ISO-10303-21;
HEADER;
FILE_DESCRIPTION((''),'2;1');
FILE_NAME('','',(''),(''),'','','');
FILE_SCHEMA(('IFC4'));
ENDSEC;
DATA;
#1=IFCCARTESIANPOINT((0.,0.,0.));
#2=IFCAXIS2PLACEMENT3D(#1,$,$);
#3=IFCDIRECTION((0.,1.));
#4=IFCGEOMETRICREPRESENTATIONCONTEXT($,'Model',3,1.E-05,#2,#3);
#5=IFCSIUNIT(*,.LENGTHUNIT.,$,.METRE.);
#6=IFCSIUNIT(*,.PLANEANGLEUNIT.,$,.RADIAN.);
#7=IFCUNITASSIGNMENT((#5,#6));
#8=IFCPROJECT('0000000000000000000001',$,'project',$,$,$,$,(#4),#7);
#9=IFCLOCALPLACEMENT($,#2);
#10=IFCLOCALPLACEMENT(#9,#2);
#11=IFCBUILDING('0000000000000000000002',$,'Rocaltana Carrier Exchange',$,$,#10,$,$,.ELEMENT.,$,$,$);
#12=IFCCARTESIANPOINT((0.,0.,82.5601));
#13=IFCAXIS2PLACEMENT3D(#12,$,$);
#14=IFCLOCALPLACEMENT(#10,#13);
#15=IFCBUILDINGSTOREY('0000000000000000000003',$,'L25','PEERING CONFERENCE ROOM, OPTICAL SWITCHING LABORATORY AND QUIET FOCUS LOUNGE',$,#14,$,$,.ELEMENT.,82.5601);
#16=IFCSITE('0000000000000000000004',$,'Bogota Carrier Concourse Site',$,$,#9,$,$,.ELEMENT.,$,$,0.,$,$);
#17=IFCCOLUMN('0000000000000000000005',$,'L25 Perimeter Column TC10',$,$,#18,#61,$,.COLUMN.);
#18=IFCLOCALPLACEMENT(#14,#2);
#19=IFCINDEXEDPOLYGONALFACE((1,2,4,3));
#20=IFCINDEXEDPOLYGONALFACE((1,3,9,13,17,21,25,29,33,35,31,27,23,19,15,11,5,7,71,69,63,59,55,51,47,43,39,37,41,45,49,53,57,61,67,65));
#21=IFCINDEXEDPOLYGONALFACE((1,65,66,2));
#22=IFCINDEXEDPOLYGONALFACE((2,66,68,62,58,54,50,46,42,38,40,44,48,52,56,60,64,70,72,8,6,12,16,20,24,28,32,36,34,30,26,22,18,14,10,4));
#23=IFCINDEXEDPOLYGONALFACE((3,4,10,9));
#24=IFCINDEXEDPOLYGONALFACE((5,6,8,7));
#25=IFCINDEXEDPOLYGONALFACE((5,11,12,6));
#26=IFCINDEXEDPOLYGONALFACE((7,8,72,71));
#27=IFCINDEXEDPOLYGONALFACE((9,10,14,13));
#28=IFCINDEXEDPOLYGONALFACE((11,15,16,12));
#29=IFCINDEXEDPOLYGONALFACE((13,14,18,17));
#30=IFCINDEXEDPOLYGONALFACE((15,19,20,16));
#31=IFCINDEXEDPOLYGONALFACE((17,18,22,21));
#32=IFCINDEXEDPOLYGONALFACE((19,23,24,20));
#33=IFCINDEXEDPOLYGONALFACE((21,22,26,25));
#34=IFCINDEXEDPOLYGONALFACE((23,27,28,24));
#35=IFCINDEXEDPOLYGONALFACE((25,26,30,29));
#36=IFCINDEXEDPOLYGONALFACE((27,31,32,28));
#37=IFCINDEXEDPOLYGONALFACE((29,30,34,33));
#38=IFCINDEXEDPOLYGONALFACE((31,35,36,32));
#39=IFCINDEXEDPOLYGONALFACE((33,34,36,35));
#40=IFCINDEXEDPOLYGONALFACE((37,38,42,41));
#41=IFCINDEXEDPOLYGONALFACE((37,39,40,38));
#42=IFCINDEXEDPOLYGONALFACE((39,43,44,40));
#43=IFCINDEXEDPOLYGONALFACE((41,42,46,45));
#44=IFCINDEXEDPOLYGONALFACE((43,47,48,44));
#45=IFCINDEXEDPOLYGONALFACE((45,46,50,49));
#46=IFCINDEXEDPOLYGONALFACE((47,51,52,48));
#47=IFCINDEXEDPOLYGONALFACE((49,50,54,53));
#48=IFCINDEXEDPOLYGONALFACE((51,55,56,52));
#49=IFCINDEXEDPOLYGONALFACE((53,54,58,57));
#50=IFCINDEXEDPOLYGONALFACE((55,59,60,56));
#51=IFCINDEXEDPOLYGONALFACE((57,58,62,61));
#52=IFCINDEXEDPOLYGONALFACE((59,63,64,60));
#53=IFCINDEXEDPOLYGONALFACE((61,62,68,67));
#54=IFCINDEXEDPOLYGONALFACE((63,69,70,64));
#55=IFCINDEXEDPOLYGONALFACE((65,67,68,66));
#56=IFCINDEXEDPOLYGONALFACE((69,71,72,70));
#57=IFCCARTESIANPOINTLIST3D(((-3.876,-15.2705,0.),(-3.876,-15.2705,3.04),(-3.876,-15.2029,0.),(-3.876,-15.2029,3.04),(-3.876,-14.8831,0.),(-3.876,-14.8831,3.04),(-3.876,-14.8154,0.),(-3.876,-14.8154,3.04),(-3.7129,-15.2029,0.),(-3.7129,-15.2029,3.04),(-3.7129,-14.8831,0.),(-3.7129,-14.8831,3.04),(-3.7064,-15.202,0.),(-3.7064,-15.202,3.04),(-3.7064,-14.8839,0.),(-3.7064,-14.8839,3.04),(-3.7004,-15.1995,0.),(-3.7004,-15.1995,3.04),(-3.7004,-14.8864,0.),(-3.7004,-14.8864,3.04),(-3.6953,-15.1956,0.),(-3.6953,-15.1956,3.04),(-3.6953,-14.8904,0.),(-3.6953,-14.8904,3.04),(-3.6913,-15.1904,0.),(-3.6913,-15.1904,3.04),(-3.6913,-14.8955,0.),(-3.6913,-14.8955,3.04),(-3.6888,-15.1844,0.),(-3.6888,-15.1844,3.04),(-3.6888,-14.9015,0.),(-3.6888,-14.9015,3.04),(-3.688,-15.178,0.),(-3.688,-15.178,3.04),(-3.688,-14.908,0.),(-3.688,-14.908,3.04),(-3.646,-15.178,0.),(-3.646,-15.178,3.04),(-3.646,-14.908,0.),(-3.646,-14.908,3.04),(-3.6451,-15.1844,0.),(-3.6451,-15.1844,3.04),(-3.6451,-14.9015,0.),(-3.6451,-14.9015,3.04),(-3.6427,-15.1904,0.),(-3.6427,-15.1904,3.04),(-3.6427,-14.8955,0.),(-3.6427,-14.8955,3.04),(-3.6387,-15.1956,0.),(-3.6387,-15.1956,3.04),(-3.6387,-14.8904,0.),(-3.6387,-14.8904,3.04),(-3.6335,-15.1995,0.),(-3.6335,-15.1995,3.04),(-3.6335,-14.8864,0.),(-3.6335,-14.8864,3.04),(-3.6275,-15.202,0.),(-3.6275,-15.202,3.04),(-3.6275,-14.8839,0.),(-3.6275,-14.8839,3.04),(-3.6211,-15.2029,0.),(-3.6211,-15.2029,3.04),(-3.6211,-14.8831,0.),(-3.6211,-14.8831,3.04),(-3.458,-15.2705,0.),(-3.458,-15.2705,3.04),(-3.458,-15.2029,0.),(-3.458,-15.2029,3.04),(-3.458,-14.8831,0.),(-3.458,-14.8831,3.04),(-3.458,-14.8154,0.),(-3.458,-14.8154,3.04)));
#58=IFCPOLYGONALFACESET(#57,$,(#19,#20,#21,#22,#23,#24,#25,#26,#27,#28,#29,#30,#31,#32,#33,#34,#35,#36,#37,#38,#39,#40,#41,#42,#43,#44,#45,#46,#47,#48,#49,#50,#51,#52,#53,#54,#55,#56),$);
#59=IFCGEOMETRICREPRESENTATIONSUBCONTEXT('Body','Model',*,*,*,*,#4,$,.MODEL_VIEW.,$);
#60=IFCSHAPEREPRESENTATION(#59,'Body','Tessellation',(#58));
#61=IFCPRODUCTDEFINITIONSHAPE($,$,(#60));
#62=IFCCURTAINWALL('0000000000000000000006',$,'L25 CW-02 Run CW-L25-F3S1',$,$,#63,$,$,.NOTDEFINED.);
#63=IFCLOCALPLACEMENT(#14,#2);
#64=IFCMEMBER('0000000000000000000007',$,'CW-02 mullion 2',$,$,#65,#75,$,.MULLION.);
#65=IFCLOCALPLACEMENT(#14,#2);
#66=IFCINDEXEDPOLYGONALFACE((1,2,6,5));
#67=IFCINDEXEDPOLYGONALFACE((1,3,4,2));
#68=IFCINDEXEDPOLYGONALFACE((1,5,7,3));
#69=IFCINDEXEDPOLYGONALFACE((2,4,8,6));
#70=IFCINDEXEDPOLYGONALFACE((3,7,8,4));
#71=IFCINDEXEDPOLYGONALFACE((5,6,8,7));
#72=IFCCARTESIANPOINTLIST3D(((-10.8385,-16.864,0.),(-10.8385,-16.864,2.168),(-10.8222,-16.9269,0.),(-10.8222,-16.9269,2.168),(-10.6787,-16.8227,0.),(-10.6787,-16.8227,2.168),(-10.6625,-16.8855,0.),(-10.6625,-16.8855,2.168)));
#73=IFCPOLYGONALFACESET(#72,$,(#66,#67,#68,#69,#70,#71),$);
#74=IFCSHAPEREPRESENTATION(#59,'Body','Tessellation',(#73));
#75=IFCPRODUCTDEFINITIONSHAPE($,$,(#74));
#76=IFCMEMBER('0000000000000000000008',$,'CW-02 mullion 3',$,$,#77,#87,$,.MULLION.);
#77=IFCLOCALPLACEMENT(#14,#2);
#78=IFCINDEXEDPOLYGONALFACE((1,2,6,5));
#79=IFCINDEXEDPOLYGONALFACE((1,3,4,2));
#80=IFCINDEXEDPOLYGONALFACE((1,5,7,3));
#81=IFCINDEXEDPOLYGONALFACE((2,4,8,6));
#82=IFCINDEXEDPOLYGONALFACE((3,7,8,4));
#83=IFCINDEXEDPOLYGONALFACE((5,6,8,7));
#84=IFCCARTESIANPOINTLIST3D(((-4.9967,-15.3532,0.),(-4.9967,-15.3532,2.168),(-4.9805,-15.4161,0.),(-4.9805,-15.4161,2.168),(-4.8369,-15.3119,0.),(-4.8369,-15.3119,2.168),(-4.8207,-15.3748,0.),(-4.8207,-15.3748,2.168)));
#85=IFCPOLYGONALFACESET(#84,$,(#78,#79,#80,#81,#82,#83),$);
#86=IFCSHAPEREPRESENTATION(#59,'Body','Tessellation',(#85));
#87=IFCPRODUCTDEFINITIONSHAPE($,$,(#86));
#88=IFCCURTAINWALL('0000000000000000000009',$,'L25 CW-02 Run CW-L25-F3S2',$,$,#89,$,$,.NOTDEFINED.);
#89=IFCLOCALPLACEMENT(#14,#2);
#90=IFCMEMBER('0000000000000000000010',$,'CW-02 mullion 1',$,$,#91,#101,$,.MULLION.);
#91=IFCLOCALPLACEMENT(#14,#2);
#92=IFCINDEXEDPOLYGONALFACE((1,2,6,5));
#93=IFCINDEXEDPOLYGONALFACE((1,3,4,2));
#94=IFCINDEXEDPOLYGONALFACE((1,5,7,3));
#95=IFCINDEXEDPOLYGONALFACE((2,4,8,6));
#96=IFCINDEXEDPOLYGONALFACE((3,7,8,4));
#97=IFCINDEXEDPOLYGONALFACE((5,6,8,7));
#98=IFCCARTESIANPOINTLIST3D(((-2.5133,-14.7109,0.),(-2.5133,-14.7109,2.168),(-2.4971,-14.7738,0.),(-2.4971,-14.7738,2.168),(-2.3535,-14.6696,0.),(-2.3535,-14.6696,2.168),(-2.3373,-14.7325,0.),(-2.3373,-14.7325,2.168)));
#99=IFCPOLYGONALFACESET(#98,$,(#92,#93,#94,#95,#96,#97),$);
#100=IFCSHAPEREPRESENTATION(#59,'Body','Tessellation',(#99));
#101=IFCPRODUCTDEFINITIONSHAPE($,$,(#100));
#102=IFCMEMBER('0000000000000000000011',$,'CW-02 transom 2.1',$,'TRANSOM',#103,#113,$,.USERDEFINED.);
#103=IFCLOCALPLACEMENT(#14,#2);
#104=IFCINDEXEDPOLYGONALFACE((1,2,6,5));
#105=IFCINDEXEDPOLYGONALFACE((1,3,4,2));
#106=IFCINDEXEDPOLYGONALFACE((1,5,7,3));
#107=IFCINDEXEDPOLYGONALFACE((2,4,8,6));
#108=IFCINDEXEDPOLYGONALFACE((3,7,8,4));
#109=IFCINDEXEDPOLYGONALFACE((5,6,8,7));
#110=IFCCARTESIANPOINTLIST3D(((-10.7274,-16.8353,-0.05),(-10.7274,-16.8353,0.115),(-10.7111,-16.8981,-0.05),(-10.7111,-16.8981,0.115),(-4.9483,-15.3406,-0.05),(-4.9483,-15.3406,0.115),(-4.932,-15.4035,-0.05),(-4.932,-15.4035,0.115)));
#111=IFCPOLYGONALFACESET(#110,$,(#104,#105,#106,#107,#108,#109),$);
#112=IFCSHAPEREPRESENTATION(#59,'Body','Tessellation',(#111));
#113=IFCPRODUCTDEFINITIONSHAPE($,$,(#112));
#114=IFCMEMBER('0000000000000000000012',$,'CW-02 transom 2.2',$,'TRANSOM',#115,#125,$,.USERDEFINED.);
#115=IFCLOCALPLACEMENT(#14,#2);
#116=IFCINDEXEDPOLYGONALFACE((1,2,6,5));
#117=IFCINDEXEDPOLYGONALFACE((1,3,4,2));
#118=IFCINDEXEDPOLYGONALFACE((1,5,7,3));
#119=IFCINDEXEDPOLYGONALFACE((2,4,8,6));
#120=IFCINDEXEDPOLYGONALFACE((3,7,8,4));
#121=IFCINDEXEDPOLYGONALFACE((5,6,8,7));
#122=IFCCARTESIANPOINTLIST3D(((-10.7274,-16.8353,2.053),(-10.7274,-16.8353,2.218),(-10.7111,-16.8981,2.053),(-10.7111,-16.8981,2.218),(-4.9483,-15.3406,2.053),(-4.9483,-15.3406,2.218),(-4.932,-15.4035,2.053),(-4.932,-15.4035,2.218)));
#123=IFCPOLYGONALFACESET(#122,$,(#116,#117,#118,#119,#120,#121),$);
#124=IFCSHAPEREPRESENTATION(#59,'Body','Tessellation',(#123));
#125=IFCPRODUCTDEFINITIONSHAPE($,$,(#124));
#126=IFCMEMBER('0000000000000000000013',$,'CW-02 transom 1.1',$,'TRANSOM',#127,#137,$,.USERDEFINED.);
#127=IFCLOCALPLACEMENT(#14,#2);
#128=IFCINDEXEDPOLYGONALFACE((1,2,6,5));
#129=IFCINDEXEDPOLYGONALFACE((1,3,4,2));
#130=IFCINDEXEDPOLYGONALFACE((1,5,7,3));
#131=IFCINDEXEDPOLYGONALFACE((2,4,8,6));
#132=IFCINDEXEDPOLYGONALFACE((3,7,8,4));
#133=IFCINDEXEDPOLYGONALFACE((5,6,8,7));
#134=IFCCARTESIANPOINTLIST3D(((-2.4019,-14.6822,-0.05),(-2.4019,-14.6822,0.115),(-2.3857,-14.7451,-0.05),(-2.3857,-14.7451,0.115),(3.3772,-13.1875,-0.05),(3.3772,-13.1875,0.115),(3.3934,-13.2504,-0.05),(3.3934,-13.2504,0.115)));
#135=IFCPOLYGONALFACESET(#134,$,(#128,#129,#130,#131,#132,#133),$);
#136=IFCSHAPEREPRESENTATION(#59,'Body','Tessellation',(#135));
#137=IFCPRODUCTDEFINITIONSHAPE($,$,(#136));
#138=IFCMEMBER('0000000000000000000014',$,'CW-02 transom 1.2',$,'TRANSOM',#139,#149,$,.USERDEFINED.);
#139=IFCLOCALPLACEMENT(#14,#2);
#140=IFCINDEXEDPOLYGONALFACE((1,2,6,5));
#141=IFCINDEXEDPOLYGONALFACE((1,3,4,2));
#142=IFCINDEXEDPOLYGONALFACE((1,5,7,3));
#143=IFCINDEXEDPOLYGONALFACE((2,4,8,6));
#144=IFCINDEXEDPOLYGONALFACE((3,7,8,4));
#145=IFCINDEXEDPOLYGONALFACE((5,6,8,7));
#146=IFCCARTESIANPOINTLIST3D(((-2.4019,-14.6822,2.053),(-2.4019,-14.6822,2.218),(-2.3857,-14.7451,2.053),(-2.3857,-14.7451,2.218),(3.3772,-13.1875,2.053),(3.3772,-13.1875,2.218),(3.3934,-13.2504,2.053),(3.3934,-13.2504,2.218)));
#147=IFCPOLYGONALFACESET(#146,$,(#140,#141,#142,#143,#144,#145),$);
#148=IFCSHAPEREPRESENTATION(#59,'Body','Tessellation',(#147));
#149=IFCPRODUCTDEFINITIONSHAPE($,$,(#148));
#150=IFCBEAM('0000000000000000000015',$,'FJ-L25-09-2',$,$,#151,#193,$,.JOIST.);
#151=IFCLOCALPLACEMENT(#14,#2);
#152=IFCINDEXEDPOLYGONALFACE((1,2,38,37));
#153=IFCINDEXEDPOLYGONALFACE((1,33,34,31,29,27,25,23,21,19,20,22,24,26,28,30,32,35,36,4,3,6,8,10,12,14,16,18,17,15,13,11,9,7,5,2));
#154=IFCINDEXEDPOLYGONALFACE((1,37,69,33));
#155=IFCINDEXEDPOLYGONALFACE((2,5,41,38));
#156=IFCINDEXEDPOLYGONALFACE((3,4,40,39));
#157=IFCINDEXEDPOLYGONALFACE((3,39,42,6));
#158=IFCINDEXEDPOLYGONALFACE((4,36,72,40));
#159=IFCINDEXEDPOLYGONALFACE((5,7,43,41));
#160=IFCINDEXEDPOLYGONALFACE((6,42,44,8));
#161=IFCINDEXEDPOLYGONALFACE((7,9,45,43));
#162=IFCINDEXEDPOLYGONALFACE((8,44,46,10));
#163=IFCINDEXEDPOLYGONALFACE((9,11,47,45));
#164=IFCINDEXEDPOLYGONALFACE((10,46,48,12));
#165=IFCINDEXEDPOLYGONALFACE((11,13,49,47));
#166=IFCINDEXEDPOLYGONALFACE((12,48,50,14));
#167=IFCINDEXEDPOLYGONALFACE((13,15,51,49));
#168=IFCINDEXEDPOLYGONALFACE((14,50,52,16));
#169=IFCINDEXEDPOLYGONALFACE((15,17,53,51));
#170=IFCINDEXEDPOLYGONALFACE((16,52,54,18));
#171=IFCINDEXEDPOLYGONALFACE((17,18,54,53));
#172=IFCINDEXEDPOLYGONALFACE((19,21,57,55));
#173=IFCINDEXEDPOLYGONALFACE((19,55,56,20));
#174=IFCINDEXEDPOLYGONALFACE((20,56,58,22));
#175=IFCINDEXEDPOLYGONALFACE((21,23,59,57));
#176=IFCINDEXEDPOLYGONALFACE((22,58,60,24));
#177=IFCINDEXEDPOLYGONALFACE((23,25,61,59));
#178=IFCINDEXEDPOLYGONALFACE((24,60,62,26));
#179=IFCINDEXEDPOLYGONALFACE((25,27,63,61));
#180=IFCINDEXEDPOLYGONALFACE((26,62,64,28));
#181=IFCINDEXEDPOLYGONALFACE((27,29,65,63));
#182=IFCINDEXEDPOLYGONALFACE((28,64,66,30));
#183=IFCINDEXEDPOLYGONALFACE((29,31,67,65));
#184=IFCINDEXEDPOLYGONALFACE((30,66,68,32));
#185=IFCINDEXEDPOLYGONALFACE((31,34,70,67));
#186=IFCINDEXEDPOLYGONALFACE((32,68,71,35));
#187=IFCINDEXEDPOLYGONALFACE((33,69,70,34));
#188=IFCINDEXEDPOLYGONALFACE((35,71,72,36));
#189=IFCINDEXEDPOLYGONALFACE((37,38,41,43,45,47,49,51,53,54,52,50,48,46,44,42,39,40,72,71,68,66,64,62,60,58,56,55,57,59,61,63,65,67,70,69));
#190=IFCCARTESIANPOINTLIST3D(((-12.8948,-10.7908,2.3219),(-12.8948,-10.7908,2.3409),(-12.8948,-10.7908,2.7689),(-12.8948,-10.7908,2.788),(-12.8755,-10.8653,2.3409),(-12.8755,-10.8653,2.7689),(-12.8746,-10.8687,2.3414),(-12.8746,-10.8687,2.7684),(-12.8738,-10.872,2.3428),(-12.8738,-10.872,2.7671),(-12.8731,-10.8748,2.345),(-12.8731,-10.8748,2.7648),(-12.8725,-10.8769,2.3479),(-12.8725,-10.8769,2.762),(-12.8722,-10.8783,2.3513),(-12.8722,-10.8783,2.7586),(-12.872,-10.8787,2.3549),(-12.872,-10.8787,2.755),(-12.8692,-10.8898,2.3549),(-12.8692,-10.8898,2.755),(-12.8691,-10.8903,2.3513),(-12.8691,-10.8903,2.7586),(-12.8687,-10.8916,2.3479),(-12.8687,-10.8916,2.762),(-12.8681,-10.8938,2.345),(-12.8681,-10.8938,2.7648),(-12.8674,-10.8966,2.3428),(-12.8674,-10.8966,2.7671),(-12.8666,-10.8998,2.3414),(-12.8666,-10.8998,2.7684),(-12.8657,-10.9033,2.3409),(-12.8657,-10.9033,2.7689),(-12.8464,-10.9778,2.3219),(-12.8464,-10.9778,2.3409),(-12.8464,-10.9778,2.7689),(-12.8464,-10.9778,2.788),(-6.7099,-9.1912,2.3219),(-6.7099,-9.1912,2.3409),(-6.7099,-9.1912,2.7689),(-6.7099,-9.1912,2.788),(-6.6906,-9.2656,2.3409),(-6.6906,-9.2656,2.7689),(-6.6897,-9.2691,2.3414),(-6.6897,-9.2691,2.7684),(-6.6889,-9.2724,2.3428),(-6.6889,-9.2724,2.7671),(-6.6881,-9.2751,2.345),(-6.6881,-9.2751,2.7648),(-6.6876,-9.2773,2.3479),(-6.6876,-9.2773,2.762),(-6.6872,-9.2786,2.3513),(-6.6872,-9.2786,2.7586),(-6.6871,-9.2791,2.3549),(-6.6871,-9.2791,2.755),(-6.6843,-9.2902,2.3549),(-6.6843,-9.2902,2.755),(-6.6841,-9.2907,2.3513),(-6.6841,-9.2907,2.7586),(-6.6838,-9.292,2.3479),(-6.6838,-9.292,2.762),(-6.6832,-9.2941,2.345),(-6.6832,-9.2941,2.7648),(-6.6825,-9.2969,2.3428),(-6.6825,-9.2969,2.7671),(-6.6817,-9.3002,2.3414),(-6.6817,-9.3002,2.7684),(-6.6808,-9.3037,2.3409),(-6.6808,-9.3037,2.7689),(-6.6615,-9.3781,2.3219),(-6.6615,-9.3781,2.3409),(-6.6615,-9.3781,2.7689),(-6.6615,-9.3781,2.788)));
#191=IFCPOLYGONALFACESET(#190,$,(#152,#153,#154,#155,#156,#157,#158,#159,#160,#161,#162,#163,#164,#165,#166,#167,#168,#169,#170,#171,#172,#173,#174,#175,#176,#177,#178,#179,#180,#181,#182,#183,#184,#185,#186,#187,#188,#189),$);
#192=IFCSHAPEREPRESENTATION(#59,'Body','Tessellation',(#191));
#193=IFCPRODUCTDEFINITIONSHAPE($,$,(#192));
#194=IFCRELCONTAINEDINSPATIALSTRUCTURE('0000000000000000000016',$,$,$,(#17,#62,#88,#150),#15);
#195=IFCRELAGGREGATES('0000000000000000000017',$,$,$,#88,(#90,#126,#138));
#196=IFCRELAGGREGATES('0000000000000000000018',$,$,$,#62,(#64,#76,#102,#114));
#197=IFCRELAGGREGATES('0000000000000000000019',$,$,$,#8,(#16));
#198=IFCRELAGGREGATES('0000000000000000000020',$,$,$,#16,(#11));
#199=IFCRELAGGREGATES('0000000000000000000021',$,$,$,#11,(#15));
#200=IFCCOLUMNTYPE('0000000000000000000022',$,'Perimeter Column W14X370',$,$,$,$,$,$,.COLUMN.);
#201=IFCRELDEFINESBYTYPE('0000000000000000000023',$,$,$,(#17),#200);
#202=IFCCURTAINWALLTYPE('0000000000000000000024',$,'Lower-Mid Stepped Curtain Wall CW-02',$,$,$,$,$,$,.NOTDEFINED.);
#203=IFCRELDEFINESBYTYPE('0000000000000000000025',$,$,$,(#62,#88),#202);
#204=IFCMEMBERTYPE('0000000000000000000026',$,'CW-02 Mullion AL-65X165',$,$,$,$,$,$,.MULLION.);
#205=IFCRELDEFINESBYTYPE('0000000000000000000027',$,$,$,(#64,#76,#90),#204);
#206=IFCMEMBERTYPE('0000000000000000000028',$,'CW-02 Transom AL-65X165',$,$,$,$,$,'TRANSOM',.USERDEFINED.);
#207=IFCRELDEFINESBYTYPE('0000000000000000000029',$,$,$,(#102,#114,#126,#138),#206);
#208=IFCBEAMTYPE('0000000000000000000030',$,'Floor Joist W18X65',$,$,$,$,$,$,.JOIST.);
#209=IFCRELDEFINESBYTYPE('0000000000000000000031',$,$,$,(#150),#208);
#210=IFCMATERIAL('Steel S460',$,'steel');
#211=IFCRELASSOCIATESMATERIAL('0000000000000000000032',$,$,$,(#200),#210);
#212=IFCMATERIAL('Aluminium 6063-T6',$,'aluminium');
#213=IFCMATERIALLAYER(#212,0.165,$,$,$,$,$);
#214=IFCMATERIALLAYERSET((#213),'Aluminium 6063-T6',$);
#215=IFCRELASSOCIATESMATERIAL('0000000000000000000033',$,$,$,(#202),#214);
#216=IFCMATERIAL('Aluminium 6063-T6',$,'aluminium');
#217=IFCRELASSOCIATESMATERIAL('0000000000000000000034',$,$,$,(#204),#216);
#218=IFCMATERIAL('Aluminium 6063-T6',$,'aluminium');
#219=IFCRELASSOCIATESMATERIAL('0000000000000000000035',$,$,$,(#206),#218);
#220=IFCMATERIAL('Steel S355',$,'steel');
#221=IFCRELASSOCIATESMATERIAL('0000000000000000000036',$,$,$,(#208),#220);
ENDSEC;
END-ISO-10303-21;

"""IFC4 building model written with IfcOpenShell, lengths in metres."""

from ifc_helpers import new_model, si_unit, direction, frame, origin, origin_2d, place, context, subcontext, project, spatial, rectangle, i_section, extrude, material, layer, layer_set, material_profile, profile_set, type_object, element, aggregate, save


model = new_model("IFC4")

# Units and contexts
model_context = context("Model", 3, precision=1e-05, world=origin(), true_north=direction((0.0, 1.0)))
body_context = subcontext(model_context, "Body", "Model", "MODEL_VIEW")
ifc_project = project(units=[si_unit("LENGTHUNIT", "METRE"), si_unit("PLANEANGLEUNIT", "RADIAN")], contexts=[model_context])

# Site, building, storey
site_placement = place(None, origin())
site = spatial("IfcSite", under=ifc_project, at=site_placement, Name="Bogota Carrier Concourse Site", CompositionType="ELEMENT", RefElevation=0.0)
building_placement = place(site_placement, origin())
building = spatial("IfcBuilding", under=site, at=building_placement, Name="Rocaltana Carrier Exchange", CompositionType="ELEMENT")
storey_placement = place(building_placement, frame((0.0, 0.0, 82.5601)))
storey = spatial("IfcBuildingStorey", under=building, at=storey_placement, Name="L25", Description="PEERING CONFERENCE ROOM, OPTICAL SWITCHING LABORATORY AND QUIET FOCUS LOUNGE", CompositionType="ELEMENT", Elevation=82.5601)

# Column
ifc_material_1 = material(Name="Steel S460", Category="steel")
ifc_material_profile_1 = material_profile(ifc_material_1, i_section(OverallWidth=0.418, OverallDepth=0.4551, WebThickness=0.042, FlangeThickness=0.0676, FilletRadius=0.0249, at=origin_2d()), Name="W14X370")
ifc_profile_set_1 = profile_set([ifc_material_profile_1], Name="Steel S460")
column_type = type_object("IfcColumnType", Name="Perimeter Column W14X370", PredefinedType="COLUMN", material=ifc_profile_set_1)
column_placement = place(storey_placement, frame((-3.667, -15.043, 0.0), z_axis=(0.0, 0.0, 1.0), x_axis=(1.0, 0.0, 0.0)))
element("IfcColumn", 1, at=column_placement, inside=storey, type_object=column_type, Name="L25 Perimeter Column TC10", PredefinedType="COLUMN", context=body_context, shape_type="SweptSolid", body=[
    extrude(i_section(OverallWidth=0.418, OverallDepth=0.4551, WebThickness=0.042, FlangeThickness=0.0676, FilletRadius=0.0249, at=origin_2d()), origin(), (0.0, 0.0, 1.0), 3.04),
])

# Curtain wall, members
ifc_material_2 = material(Name="Aluminium 6063-T6", Category="aluminium")
ifc_layer_1 = layer(ifc_material_2, 0.165)
ifc_layer_set_1 = layer_set([ifc_layer_1], Name="Aluminium 6063-T6")
curtain_wall_type = type_object("IfcCurtainWallType", Name="Lower-Mid Stepped Curtain Wall CW-02", PredefinedType="NOTDEFINED", material=ifc_layer_set_1)
curtain_wall_1_placement = place(storey_placement, origin())
curtain_wall_1 = element("IfcCurtainWall", 2, at=curtain_wall_1_placement, inside=storey, type_object=curtain_wall_type, Name="L25 CW-02 Run CW-L25-F3S1", PredefinedType="NOTDEFINED")
ifc_material_3 = material(Name="Aluminium 6063-T6", Category="aluminium")
ifc_material_profile_2 = material_profile(ifc_material_3, rectangle(XDim=0.0649, YDim=0.165, at=origin_2d()), Name="AL-65X165")
ifc_profile_set_2 = profile_set([ifc_material_profile_2], Name="Aluminium 6063-T6")
member_type_1 = type_object("IfcMemberType", Name="CW-02 Mullion AL-65X165", PredefinedType="MULLION", material=ifc_profile_set_2)
member_1_placement = place(storey_placement, frame((-10.7505, -16.8748, 0.0), z_axis=(0.0, 0.0, 1.0), x_axis=(-0.250378, 0.968148, 0.0)))
member_1 = element("IfcMember", 3, at=member_1_placement, type_object=member_type_1, Name="CW-02 mullion 2", PredefinedType="MULLION", context=body_context, shape_type="SweptSolid", body=[
    extrude(rectangle(XDim=0.0649, YDim=0.165, at=origin_2d()), origin(), (0.0, 0.0, 1.0), 2.168),
])
member_2_placement = place(storey_placement, frame((-4.9087, -15.364, 0.0), z_axis=(0.0, 0.0, 1.0), x_axis=(-0.250378, 0.968148, 0.0)))
member_2 = element("IfcMember", 4, at=member_2_placement, type_object=member_type_1, Name="CW-02 mullion 3", PredefinedType="MULLION", context=body_context, shape_type="SweptSolid", body=[
    extrude(rectangle(XDim=0.0649, YDim=0.165, at=origin_2d()), origin(), (0.0, 0.0, 1.0), 2.168),
])

# Curtain wall, member
curtain_wall_2_placement = place(storey_placement, origin())
curtain_wall_2 = element("IfcCurtainWall", 5, at=curtain_wall_2_placement, inside=storey, type_object=curtain_wall_type, Name="L25 CW-02 Run CW-L25-F3S2", PredefinedType="NOTDEFINED")
member_3_placement = place(storey_placement, frame((-2.4253, -14.7217, 0.0), z_axis=(0.0, 0.0, 1.0), x_axis=(-0.250378, 0.968148, 0.0)))
member_3 = element("IfcMember", 6, at=member_3_placement, type_object=member_type_1, Name="CW-02 mullion 1", PredefinedType="MULLION", context=body_context, shape_type="SweptSolid", body=[
    extrude(rectangle(XDim=0.0649, YDim=0.165, at=origin_2d()), origin(), (0.0, 0.0, 1.0), 2.168),
])

# Members
ifc_material_4 = material(Name="Aluminium 6063-T6", Category="aluminium")
ifc_material_profile_3 = material_profile(ifc_material_4, rectangle(XDim=0.0649, YDim=0.165, at=origin_2d()), Name="AL-65X165")
ifc_profile_set_3 = profile_set([ifc_material_profile_3], Name="Aluminium 6063-T6")
member_type_2 = type_object("IfcMemberType", Name="CW-02 Transom AL-65X165", ElementType="TRANSOM", PredefinedType="USERDEFINED", material=ifc_profile_set_3)
member_4_placement = place(storey_placement, frame((-10.7192, -16.8667, 0.0325), z_axis=(0.968145, 0.25039, 0.0), x_axis=(-0.25039, 0.968145, 0.0)))
member_4 = element("IfcMember", 7, at=member_4_placement, type_object=member_type_2, Name="CW-02 transom 2.1", ObjectType="TRANSOM", PredefinedType="USERDEFINED", context=body_context, shape_type="SweptSolid", body=[
    extrude(rectangle(XDim=0.0649, YDim=0.165, at=origin_2d()), origin(), (0.0, 0.0, 1.0), 5.9692),
])
member_5_placement = place(storey_placement, frame((-10.7192, -16.8667, 2.1355), z_axis=(0.968145, 0.25039, 0.0), x_axis=(-0.25039, 0.968145, 0.0)))
member_5 = element("IfcMember", 8, at=member_5_placement, type_object=member_type_2, Name="CW-02 transom 2.2", ObjectType="TRANSOM", PredefinedType="USERDEFINED", context=body_context, shape_type="SweptSolid", body=[
    extrude(rectangle(XDim=0.0649, YDim=0.165, at=origin_2d()), origin(), (0.0, 0.0, 1.0), 5.9692),
])
member_6_placement = place(storey_placement, frame((-2.3938, -14.7136, 0.0325), z_axis=(0.968145, 0.25039, 0.0), x_axis=(-0.25039, 0.968145, 0.0)))
member_6 = element("IfcMember", 9, at=member_6_placement, type_object=member_type_2, Name="CW-02 transom 1.1", ObjectType="TRANSOM", PredefinedType="USERDEFINED", context=body_context, shape_type="SweptSolid", body=[
    extrude(rectangle(XDim=0.0649, YDim=0.165, at=origin_2d()), origin(), (0.0, 0.0, 1.0), 5.9692),
])
member_7_placement = place(storey_placement, frame((-2.3938, -14.7136, 2.1355), z_axis=(0.968145, 0.25039, 0.0), x_axis=(-0.25039, 0.968145, 0.0)))
member_7 = element("IfcMember", 10, at=member_7_placement, type_object=member_type_2, Name="CW-02 transom 1.2", ObjectType="TRANSOM", PredefinedType="USERDEFINED", context=body_context, shape_type="SweptSolid", body=[
    extrude(rectangle(XDim=0.0649, YDim=0.165, at=origin_2d()), origin(), (0.0, 0.0, 1.0), 5.9692),
])
aggregate(curtain_wall_2, [member_3, member_6, member_7])

# Beam
ifc_material_5 = material(Name="Steel S355", Category="steel")
ifc_material_profile_4 = material_profile(ifc_material_5, i_section(OverallWidth=0.1931, OverallDepth=0.4661, WebThickness=0.0115, FlangeThickness=0.019, FilletRadius=0.0139, at=origin_2d()), Name="W18X65")
ifc_profile_set_4 = profile_set([ifc_material_profile_4], Name="Steel S355")
beam_type_1 = type_object("IfcBeamType", Name="Floor Joist W18X65", PredefinedType="JOIST", material=ifc_profile_set_4)
beam_1_placement = place(storey_placement, frame((-12.8706, -10.8843, 2.5549), z_axis=(0.968144, 0.250396, 0.0), x_axis=(-0.250396, 0.968144, 0.0)))
element("IfcBeam", 11, at=beam_1_placement, inside=storey, type_object=beam_type_1, Name="FJ-L25-09-2", PredefinedType="JOIST", context=body_context, shape_type="SweptSolid", body=[
    extrude(i_section(OverallWidth=0.1931, OverallDepth=0.4661, WebThickness=0.0115, FlangeThickness=0.019, FilletRadius=0.0139, at=origin_2d()), origin(), (0.0, 0.0, 1.0), 6.3884),
])

aggregate(curtain_wall_1, [member_1, member_2, member_4, member_5])

save(model, "model.ifc")
